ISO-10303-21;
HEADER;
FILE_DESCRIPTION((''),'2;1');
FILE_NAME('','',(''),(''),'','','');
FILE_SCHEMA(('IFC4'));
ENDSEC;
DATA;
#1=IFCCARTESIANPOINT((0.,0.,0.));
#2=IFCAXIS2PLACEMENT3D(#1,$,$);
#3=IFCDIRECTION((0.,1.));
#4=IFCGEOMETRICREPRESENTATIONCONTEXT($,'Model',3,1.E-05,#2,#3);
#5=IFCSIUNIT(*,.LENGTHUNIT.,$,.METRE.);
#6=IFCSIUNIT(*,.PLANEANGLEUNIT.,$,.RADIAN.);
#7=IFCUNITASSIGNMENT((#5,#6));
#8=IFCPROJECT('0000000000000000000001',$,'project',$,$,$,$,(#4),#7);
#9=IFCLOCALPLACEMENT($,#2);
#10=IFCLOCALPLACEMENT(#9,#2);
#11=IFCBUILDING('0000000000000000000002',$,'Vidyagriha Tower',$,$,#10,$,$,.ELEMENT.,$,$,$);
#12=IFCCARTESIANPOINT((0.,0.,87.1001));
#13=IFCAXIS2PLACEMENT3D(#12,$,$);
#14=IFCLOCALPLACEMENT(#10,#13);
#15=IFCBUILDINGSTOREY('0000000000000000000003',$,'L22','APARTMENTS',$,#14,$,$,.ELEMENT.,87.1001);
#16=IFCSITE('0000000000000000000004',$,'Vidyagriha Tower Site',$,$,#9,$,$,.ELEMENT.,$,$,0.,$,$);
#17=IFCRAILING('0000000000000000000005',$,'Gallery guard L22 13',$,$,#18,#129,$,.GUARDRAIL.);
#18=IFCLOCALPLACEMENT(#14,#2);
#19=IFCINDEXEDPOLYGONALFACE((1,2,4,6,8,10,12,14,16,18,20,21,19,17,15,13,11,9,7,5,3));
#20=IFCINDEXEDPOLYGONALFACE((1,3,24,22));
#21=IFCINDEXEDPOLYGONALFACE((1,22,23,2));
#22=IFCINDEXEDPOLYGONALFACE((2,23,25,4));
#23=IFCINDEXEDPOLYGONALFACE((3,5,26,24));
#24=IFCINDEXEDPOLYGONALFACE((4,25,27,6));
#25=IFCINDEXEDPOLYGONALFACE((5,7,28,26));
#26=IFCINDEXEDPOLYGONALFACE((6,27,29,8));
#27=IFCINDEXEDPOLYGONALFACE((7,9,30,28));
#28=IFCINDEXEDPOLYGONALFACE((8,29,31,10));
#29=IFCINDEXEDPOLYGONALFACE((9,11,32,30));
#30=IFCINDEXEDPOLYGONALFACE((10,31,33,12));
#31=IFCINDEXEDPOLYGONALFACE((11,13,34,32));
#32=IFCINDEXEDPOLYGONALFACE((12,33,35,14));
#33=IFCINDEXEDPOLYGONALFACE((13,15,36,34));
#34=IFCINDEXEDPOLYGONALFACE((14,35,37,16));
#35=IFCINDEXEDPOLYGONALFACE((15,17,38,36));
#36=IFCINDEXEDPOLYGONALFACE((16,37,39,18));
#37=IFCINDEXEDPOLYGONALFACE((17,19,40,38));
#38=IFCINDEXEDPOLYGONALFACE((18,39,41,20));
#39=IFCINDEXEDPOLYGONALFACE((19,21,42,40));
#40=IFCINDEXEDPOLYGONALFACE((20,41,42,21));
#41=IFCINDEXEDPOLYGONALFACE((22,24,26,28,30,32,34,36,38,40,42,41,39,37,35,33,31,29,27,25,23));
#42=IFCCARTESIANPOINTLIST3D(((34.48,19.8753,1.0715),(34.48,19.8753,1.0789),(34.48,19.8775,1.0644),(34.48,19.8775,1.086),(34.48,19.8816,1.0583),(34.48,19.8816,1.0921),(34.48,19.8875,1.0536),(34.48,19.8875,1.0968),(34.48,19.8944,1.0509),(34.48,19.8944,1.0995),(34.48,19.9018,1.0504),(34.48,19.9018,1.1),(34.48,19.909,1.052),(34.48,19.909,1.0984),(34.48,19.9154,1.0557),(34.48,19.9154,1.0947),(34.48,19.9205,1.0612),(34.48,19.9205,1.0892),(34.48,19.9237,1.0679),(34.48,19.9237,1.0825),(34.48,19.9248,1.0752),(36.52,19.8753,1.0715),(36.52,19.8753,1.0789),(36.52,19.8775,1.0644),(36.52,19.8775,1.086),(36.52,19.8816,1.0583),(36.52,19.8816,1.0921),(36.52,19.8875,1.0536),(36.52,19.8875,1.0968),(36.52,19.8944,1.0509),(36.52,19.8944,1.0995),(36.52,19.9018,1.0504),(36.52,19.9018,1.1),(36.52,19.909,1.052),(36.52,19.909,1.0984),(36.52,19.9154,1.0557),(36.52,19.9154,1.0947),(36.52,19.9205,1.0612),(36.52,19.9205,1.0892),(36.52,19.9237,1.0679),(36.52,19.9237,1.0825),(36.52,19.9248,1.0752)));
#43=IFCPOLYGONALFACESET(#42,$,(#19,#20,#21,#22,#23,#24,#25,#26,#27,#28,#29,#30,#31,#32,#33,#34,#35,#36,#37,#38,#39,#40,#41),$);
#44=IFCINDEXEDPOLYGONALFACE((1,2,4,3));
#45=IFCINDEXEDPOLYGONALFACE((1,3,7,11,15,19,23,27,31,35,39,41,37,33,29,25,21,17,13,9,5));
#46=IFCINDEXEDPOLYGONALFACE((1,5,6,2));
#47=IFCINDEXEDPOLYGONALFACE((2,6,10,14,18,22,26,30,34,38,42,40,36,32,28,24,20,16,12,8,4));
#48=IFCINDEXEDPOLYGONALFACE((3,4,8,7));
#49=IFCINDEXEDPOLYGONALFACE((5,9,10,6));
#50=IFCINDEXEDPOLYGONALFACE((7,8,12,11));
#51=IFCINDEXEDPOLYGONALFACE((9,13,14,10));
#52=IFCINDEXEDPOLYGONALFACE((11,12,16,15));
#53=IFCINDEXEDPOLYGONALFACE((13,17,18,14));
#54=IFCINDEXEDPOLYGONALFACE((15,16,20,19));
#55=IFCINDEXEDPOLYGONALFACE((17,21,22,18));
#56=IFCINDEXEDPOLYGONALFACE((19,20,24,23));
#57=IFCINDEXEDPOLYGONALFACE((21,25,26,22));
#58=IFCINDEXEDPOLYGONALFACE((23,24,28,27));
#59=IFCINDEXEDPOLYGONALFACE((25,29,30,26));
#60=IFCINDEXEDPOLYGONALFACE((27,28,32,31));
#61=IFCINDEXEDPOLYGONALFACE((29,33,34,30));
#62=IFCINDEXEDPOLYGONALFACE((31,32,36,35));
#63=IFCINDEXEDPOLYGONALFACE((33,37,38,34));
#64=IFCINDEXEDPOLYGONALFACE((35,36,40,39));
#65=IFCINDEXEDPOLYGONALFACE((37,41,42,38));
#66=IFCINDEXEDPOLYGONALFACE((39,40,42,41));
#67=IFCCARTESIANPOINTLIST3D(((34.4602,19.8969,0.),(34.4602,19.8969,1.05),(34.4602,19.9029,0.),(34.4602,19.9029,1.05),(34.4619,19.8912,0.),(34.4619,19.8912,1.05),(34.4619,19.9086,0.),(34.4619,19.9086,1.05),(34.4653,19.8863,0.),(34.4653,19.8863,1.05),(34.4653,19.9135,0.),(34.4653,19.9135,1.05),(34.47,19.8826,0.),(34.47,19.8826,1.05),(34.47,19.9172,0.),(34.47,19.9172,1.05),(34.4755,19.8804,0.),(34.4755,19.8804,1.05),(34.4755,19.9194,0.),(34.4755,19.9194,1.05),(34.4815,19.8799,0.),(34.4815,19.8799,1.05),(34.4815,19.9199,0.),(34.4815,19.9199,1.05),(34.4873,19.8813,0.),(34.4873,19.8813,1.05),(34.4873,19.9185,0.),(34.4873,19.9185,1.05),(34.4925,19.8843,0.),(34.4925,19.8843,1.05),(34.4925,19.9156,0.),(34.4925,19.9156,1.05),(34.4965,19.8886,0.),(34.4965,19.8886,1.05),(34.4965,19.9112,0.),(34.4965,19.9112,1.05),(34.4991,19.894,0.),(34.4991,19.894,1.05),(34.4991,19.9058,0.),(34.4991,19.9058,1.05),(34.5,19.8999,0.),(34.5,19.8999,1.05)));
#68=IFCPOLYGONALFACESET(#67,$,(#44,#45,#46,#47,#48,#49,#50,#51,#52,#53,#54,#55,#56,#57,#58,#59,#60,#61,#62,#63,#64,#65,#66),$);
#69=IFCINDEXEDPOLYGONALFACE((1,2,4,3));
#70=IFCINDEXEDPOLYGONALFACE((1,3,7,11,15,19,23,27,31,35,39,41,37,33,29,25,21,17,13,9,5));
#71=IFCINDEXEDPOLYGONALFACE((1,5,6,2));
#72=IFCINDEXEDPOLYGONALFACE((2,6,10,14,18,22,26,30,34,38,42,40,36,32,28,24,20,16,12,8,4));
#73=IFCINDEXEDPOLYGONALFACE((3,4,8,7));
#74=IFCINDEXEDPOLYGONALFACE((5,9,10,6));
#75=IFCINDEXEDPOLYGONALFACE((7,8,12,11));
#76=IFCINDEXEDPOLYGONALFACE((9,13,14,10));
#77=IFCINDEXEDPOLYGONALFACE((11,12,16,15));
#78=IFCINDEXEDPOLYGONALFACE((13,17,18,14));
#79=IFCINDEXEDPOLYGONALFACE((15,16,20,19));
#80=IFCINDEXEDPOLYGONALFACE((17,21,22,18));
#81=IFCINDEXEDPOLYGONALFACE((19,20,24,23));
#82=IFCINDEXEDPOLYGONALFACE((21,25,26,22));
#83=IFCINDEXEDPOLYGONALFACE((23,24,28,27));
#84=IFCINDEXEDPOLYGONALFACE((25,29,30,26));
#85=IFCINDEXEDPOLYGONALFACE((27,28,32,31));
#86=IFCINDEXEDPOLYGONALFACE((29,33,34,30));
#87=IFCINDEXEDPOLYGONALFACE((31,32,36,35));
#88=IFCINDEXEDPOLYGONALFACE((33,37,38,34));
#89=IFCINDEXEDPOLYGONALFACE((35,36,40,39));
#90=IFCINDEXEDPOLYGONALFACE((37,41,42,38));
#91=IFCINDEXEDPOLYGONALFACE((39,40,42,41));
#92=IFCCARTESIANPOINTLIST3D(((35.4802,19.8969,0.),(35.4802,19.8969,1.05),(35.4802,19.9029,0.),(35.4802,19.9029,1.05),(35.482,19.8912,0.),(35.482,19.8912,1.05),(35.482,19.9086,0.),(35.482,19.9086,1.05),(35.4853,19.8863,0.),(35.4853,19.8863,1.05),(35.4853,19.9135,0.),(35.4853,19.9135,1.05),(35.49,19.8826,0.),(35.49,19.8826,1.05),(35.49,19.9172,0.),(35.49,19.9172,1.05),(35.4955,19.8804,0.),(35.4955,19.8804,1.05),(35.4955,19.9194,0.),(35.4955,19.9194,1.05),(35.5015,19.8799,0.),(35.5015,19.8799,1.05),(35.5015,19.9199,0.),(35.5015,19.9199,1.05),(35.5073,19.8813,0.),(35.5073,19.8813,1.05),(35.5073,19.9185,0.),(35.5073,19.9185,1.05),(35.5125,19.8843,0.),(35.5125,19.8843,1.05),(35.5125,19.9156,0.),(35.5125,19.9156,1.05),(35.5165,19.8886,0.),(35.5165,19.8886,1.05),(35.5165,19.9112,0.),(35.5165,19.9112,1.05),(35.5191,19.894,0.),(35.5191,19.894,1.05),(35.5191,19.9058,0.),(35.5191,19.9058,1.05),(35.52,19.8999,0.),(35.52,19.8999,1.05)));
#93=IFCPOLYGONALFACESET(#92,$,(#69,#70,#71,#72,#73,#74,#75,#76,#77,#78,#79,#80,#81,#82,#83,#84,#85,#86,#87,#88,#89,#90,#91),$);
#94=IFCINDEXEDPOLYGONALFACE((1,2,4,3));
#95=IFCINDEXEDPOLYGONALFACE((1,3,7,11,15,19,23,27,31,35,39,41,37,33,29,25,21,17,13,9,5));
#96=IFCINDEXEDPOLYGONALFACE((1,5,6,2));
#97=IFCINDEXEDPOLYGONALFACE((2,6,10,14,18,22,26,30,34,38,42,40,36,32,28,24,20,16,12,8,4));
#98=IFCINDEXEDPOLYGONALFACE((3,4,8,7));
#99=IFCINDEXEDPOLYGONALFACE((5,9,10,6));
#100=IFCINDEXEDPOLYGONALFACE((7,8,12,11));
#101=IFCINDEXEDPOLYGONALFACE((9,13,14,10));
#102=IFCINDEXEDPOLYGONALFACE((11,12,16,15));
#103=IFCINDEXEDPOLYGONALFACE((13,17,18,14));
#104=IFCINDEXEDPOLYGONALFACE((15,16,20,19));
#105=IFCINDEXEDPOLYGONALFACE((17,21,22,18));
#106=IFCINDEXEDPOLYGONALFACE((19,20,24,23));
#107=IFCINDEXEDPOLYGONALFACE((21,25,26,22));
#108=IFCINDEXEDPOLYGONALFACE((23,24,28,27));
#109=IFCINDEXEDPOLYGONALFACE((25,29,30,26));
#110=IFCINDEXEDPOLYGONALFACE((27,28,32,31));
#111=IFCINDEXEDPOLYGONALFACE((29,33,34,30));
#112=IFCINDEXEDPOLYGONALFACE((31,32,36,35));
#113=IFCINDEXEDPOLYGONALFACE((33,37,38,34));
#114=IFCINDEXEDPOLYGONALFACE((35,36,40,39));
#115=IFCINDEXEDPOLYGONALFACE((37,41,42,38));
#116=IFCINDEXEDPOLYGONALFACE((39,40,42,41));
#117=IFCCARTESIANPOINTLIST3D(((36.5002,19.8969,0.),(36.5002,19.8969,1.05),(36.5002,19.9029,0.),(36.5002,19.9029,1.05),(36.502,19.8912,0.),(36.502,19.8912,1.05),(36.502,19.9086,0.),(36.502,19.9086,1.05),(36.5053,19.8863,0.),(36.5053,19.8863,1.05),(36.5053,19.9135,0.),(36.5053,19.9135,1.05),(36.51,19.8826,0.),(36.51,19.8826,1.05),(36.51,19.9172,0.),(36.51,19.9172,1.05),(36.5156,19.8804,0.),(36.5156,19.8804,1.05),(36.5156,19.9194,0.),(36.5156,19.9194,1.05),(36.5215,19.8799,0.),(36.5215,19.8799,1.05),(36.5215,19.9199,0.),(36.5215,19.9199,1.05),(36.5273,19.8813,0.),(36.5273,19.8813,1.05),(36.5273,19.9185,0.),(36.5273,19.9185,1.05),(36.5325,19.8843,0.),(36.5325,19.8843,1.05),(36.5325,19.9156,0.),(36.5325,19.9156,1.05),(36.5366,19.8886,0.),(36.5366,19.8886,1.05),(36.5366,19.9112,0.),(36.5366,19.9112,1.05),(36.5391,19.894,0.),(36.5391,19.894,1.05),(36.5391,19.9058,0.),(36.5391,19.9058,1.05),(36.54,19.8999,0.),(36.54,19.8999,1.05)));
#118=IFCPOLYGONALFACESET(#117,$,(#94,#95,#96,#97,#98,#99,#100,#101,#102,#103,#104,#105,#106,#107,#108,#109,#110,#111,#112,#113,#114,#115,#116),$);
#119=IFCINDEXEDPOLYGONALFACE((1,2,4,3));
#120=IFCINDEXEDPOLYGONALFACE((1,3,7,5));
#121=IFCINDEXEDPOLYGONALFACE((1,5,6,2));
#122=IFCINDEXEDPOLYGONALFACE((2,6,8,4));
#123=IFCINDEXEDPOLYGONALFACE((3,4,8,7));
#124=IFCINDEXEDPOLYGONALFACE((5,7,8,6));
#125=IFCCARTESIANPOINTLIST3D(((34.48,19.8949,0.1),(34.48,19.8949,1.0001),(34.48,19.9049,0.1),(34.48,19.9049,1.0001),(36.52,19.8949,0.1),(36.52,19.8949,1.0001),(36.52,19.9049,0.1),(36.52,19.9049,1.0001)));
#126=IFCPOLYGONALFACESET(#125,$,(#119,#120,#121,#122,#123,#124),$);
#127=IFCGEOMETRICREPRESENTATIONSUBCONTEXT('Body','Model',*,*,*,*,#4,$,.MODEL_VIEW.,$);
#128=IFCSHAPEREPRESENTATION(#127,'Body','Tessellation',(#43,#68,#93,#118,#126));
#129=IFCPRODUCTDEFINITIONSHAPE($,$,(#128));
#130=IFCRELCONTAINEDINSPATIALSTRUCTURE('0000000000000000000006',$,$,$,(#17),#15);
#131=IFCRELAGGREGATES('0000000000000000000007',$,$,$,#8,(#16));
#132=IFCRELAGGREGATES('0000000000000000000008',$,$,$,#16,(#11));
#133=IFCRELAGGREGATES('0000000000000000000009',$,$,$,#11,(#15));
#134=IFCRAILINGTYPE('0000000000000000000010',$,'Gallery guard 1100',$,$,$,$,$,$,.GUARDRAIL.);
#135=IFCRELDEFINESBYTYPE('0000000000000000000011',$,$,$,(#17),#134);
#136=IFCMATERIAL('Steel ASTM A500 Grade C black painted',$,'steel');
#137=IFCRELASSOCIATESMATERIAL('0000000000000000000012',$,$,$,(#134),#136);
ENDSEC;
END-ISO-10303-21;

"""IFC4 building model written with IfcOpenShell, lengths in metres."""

from ifc_helpers import new_model, si_unit, direction, frame, origin, origin_2d, place, context, subcontext, project, spatial, rectangle, circle, extrude, material, type_object, element, save


model = new_model("IFC4")

# Units and contexts
model_context = context("Model", 3, precision=1e-05, world=origin(), true_north=direction((0.0, 1.0)))
body_context = subcontext(model_context, "Body", "Model", "MODEL_VIEW")
ifc_project = project(units=[si_unit("LENGTHUNIT", "METRE"), si_unit("PLANEANGLEUNIT", "RADIAN")], contexts=[model_context])

# Site, building, storey
site_placement = place(None, origin())
site = spatial("IfcSite", under=ifc_project, at=site_placement, Name="Vidyagriha Tower Site", CompositionType="ELEMENT", RefElevation=0.0)
building_placement = place(site_placement, origin())
building = spatial("IfcBuilding", under=site, at=building_placement, Name="Vidyagriha Tower", CompositionType="ELEMENT")
storey_placement = place(building_placement, frame((0.0, 0.0, 87.1001)))
storey = spatial("IfcBuildingStorey", under=building, at=storey_placement, Name="L22", Description="APARTMENTS", CompositionType="ELEMENT", Elevation=87.1001)

# Railing
ifc_material_1 = material(Name="Steel ASTM A500 Grade C black painted", Category="steel")
railing_type = type_object("IfcRailingType", Name="Gallery guard 1100", PredefinedType="GUARDRAIL", material=ifc_material_1)
railing_1_placement = place(storey_placement, frame((34.48, 19.8999, 0.0)))
element("IfcRailing", 1, at=railing_1_placement, inside=storey, type_object=railing_type, Name="Gallery guard L22 13", PredefinedType="GUARDRAIL", context=body_context, shape_type="SweptSolid", body=[
    extrude(circle(Radius=0.0249, at=origin_2d()), frame((0.0, 0.0, 1.0752), z_axis=(1.0, 0.0, 0.0), x_axis=(0.0, 1.0, 0.0)), (0.0, 0.0, 1.0), 2.04),
    extrude(circle(Radius=0.02, at=origin_2d()), origin(), (0.0, 0.0, 1.0), 1.05),
    extrude(circle(Radius=0.02, at=origin_2d()), frame((1.02, 0.0, 0.0)), (0.0, 0.0, 1.0), 1.05),
    extrude(circle(Radius=0.02, at=origin_2d()), frame((2.04, 0.0, 0.0)), (0.0, 0.0, 1.0), 1.05),
    extrude(rectangle(XDim=0.01, YDim=0.9001, at=origin_2d()), frame((0.0, 0.0, 0.55), z_axis=(1.0, 0.0, 0.0), x_axis=(0.0, 1.0, 0.0)), (0.0, 0.0, 1.0), 2.04),
])

save(model, "model.ifc")
